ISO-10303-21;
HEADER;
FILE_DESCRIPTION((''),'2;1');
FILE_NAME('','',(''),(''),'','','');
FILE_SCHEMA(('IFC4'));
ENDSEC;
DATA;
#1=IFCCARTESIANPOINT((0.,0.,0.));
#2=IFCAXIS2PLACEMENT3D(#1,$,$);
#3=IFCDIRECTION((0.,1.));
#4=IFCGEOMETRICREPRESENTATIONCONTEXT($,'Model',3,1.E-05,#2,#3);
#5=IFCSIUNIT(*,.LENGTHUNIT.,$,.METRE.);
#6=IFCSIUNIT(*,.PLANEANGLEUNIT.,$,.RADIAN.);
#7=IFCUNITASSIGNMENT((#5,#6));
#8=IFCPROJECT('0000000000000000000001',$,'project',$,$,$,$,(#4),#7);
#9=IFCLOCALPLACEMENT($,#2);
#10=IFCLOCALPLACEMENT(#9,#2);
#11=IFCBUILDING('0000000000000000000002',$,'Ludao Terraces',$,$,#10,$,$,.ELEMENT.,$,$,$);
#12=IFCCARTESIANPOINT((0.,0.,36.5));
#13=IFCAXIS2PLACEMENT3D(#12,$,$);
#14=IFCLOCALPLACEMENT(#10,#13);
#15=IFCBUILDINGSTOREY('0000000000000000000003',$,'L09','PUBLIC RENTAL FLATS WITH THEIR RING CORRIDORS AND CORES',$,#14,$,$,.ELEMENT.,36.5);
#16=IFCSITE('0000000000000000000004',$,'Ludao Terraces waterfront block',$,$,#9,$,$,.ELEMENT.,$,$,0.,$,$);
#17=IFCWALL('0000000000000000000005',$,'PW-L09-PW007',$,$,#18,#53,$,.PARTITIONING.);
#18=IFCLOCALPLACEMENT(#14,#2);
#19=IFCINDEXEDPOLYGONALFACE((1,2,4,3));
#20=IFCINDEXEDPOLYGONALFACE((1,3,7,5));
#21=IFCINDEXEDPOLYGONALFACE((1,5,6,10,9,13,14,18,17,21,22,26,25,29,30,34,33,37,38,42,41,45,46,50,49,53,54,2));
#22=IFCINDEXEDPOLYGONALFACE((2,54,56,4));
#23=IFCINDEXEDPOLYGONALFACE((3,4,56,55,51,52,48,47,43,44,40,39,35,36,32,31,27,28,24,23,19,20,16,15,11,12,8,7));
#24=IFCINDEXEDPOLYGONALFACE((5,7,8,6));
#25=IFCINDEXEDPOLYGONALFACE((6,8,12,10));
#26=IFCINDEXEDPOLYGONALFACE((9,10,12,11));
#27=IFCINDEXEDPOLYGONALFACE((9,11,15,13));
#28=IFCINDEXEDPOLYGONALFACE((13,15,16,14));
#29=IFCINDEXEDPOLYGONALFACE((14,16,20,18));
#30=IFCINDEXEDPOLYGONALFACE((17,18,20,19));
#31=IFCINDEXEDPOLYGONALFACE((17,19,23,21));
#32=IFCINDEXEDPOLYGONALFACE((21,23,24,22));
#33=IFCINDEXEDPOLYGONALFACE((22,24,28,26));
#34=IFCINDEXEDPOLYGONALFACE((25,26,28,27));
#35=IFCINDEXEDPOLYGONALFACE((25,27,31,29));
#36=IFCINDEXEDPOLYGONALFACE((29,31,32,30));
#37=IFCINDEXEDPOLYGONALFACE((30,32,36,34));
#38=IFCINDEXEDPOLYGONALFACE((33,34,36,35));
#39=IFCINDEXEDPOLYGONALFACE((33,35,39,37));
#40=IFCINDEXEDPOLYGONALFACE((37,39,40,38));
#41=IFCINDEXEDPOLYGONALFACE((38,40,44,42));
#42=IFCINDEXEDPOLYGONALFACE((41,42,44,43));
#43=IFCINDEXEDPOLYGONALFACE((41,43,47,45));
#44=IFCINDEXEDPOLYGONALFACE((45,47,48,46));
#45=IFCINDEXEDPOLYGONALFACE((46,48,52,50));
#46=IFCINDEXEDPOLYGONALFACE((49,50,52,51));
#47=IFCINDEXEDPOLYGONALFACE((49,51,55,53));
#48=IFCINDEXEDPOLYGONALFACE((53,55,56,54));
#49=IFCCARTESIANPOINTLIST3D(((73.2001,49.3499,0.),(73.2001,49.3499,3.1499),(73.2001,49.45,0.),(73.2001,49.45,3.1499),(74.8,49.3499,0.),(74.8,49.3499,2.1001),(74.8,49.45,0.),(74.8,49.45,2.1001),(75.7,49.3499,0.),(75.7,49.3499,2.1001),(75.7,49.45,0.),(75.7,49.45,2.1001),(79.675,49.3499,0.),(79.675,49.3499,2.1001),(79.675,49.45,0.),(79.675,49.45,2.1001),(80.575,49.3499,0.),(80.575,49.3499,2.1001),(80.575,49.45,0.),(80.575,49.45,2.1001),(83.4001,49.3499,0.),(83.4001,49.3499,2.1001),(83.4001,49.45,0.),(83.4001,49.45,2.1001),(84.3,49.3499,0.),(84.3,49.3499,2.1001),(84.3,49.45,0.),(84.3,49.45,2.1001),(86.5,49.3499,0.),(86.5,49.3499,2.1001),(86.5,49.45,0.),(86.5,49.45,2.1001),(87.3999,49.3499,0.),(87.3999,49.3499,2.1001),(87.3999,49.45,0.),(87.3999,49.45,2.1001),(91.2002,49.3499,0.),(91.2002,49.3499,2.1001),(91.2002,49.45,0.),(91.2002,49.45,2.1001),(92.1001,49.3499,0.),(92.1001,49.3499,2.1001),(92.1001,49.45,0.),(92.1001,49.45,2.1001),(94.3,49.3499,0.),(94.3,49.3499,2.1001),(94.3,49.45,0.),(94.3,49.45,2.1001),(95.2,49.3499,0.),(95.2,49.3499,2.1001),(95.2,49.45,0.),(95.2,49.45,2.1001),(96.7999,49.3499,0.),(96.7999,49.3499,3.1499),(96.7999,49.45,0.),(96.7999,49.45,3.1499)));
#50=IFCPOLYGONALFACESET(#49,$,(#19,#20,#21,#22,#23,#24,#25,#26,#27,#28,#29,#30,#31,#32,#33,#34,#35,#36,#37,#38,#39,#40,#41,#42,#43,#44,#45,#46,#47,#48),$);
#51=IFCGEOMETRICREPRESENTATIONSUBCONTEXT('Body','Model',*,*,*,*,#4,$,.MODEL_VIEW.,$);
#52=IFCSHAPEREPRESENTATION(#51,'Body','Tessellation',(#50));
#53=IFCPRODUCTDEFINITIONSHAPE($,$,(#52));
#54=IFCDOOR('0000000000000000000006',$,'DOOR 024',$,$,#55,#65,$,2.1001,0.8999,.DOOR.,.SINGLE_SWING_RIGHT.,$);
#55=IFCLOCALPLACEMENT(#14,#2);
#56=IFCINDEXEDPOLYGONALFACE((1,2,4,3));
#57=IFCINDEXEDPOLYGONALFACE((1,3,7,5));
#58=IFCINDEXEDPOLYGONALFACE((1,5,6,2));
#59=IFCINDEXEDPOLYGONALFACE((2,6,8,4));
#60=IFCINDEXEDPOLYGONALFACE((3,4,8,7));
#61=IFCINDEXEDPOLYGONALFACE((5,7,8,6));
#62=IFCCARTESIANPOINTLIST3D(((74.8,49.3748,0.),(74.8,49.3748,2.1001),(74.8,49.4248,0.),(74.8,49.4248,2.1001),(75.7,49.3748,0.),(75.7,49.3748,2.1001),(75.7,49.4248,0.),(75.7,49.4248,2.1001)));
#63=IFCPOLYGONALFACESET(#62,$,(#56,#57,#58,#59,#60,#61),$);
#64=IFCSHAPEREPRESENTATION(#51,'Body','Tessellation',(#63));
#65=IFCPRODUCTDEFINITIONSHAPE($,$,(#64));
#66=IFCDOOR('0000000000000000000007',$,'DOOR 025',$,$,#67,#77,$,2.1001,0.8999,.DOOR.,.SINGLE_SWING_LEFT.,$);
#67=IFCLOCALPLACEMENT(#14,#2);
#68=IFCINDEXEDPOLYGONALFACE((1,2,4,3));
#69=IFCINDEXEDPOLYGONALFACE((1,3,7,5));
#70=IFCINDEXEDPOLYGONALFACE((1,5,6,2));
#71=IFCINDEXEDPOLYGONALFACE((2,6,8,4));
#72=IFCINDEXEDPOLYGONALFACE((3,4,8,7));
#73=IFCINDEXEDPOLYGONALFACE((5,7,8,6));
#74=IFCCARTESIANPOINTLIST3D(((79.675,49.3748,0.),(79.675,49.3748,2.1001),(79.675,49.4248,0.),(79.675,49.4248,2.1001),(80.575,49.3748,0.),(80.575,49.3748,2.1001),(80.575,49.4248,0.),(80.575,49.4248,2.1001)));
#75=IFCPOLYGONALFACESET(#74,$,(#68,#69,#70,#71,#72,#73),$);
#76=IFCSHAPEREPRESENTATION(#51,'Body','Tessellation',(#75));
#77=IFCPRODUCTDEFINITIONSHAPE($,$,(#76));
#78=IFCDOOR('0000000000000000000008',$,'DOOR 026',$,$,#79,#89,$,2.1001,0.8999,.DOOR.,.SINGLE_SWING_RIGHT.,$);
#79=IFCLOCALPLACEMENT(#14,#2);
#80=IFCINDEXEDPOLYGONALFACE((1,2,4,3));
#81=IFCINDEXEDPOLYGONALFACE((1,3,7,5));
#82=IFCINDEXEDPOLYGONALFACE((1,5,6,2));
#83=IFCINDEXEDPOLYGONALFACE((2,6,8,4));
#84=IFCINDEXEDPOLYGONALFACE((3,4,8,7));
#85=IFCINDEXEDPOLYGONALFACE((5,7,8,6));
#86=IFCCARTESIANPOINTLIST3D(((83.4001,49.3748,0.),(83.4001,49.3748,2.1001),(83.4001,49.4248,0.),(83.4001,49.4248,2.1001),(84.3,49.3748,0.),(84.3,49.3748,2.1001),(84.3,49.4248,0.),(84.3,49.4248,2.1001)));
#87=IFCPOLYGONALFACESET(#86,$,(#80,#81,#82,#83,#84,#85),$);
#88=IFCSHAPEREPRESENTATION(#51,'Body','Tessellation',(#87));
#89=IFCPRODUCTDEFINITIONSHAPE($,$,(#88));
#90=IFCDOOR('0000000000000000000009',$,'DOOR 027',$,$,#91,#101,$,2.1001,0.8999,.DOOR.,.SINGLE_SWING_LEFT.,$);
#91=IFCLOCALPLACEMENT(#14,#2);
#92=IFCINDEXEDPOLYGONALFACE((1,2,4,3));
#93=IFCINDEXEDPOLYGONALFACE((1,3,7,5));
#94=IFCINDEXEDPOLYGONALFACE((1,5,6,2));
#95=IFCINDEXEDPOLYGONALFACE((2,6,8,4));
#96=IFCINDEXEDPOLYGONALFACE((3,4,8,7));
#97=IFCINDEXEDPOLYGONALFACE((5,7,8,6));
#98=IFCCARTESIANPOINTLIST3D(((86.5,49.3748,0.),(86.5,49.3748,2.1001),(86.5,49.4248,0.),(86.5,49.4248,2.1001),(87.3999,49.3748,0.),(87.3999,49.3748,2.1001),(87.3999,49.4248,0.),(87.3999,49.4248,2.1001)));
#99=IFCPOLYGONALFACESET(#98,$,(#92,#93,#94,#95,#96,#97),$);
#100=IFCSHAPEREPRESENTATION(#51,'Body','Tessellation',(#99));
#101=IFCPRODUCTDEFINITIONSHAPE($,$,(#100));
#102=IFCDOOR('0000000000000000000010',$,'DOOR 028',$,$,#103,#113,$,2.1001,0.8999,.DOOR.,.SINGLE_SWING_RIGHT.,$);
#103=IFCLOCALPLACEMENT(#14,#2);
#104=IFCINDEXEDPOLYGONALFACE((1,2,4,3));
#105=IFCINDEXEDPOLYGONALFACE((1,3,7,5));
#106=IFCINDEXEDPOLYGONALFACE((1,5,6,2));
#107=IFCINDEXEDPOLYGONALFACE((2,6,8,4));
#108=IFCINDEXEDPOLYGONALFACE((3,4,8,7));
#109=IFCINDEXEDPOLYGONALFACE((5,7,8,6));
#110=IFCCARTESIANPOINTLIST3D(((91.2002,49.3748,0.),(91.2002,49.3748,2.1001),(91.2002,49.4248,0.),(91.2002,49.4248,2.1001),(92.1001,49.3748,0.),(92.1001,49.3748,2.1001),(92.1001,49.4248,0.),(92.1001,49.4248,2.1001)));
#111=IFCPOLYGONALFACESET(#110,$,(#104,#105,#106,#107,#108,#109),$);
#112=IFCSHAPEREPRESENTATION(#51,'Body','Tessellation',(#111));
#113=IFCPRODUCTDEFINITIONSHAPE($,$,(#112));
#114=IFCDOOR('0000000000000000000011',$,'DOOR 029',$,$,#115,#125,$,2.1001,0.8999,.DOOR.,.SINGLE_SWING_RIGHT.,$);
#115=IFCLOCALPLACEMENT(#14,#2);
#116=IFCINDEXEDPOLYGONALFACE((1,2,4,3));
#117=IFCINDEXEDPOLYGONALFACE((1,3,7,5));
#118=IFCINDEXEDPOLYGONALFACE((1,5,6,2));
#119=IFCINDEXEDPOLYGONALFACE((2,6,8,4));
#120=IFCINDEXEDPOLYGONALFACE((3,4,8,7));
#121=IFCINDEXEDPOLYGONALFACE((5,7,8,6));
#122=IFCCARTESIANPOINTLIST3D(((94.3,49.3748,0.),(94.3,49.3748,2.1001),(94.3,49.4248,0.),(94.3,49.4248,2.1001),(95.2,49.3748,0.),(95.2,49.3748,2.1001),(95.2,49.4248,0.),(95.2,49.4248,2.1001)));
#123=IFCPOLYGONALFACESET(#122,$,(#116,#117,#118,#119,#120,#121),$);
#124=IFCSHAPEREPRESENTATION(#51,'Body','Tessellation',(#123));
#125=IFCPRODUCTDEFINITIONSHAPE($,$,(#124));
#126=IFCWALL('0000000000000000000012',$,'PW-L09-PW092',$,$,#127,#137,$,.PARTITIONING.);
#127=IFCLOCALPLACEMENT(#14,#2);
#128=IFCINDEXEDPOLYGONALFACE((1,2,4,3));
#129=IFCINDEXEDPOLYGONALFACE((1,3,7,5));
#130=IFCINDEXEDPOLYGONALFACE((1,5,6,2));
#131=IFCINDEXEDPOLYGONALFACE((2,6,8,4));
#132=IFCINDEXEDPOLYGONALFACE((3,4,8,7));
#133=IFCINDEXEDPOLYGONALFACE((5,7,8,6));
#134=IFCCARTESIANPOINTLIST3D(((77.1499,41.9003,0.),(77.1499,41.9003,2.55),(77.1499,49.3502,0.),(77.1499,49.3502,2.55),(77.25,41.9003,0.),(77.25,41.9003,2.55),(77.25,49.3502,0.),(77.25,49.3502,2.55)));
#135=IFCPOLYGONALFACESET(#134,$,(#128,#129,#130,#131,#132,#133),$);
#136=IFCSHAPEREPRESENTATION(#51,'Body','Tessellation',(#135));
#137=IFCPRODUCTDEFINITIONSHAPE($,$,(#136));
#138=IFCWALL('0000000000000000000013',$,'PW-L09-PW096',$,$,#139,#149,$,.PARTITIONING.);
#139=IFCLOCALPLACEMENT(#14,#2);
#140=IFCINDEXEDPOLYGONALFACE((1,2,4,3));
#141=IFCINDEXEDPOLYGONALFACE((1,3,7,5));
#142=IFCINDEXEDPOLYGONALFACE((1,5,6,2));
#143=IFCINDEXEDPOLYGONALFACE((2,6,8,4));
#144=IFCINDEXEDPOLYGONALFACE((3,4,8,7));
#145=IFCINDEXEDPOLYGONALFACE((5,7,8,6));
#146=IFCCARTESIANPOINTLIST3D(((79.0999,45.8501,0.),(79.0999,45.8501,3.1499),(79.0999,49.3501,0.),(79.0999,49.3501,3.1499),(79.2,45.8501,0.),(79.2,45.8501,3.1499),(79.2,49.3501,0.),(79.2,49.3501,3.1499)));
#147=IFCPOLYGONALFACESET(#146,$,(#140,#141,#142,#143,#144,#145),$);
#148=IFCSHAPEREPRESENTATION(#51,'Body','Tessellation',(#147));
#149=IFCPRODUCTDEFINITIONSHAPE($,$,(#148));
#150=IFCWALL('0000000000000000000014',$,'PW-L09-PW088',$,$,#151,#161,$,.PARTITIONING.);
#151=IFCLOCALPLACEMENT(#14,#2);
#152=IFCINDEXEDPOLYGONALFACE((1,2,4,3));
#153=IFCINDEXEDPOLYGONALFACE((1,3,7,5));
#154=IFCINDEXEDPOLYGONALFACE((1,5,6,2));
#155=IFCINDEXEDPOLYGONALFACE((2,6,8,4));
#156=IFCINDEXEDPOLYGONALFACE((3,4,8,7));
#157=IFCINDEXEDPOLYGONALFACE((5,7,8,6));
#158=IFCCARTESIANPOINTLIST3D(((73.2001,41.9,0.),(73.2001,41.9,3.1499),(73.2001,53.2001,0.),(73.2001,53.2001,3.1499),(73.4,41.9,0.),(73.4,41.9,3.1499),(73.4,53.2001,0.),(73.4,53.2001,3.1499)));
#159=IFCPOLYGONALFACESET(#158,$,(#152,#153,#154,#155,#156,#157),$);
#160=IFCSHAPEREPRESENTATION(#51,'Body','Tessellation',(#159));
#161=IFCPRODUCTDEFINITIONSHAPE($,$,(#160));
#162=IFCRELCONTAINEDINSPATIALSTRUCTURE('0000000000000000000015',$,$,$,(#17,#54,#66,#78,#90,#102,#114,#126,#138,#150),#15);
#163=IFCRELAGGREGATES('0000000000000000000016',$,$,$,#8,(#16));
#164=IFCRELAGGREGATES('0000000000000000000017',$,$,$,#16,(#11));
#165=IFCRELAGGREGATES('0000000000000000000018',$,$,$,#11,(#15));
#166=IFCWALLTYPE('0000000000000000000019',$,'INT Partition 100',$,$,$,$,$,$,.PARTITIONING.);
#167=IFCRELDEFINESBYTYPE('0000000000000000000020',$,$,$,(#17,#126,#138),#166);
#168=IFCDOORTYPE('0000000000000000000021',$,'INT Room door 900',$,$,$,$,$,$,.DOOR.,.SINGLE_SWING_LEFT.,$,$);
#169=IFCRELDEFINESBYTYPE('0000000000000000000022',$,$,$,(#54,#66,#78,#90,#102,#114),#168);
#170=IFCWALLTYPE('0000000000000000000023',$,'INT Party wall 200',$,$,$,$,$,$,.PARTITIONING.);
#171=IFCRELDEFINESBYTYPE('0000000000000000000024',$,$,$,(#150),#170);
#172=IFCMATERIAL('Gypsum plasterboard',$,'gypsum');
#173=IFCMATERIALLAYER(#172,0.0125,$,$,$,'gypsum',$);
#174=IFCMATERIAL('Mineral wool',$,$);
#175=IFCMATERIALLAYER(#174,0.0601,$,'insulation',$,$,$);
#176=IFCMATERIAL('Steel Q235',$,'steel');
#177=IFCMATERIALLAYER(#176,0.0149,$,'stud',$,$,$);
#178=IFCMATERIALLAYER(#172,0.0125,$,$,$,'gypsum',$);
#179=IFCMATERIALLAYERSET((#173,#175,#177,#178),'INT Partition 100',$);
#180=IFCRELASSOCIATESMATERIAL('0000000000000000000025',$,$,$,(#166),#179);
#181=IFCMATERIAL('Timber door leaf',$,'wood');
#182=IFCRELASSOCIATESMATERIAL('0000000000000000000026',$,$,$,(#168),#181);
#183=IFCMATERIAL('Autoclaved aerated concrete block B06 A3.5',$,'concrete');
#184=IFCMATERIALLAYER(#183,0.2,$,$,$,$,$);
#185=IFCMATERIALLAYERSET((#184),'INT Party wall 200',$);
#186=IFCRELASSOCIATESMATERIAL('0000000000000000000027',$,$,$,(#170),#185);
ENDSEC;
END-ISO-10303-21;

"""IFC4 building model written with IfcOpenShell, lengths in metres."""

from ifc_helpers import new_model, si_unit, direction, frame, frame_2d, origin, place, context, subcontext, project, spatial, rectangle, extrude, material, layer, layer_set, type_object, element, fill, save


model = new_model("IFC4")

# Units and contexts
model_context = context("Model", 3, precision=1e-05, world=origin(), true_north=direction((0.0, 1.0)))
body_context = subcontext(model_context, "Body", "Model", "MODEL_VIEW")
ifc_project = project(units=[si_unit("LENGTHUNIT", "METRE"), si_unit("PLANEANGLEUNIT", "RADIAN")], contexts=[model_context])

# Site, building, storey
site_placement = place(None, origin())
site = spatial("IfcSite", under=ifc_project, at=site_placement, Name="Ludao Terraces waterfront block", CompositionType="ELEMENT", RefElevation=0.0)
building_placement = place(site_placement, origin())
building = spatial("IfcBuilding", under=site, at=building_placement, Name="Ludao Terraces", CompositionType="ELEMENT")
storey_placement = place(building_placement, frame((0.0, 0.0, 36.5)))
storey = spatial("IfcBuildingStorey", under=building, at=storey_placement, Name="L09", Description="PUBLIC RENTAL FLATS WITH THEIR RING CORRIDORS AND CORES", CompositionType="ELEMENT", Elevation=36.5)

# Wall, openings, doors
ifc_material_1 = material(Name="Gypsum plasterboard", Category="gypsum")
ifc_layer_1 = layer(ifc_material_1, 0.0125, Category="gypsum")
ifc_material_2 = material(Name="Mineral wool")
ifc_layer_2 = layer(ifc_material_2, 0.0601, Name="insulation")
ifc_material_3 = material(Name="Steel Q235", Category="steel")
ifc_layer_3 = layer(ifc_material_3, 0.0149, Name="stud")
ifc_layer_4 = layer(ifc_material_1, 0.0125, Category="gypsum")
ifc_layer_set_1 = layer_set([ifc_layer_1, ifc_layer_2, ifc_layer_3, ifc_layer_4], Name="INT Partition 100")
wall_type_1 = type_object("IfcWallType", Name="INT Partition 100", PredefinedType="PARTITIONING", material=ifc_layer_set_1)
ifc_material_4 = material(Name="Timber door leaf", Category="wood")
door_type_1 = type_object("IfcDoorType", Name="INT Room door 900", OperationType="SINGLE_SWING_LEFT", PredefinedType="DOOR", material=ifc_material_4)
wall_1_placement = place(storey_placement, frame((73.2002, 49.3999, 0.0), z_axis=(0.0, 0.0, 1.0), x_axis=(1.0, 0.0, 0.0)))
wall_1 = element("IfcWall", 1, at=wall_1_placement, inside=storey, type_object=wall_type_1, Name="PW-L09-PW007", PredefinedType="PARTITIONING", context=body_context, shape_type="SweptSolid", body=[
    extrude(rectangle(XDim=23.5999, YDim=0.1001, at=frame_2d((11.7998, 0.0))), origin(), (0.0, 0.0, 1.0), 3.1499),
])
opening_1_placement = place(wall_1_placement, frame((1.5999, 0.0, 0.0)))
opening_1 = element("IfcOpeningElement", 2, at=opening_1_placement, cuts=wall_1, PredefinedType="OPENING", context=body_context, shape_type="SweptSolid", body=[
    extrude(rectangle(XDim=0.8999, YDim=2.1001, at=frame_2d((0.45, 1.05))), frame((0.0, 0.0601, 0.0), z_axis=(0.0, -1.0, 0.0), x_axis=(1.0, 0.0, 0.0)), (0.0, 0.0, 1.0), 0.1201),
])
opening_2_placement = place(wall_1_placement, frame((6.4749, 0.0, 0.0)))
opening_2 = element("IfcOpeningElement", 3, at=opening_2_placement, cuts=wall_1, PredefinedType="OPENING", context=body_context, shape_type="SweptSolid", body=[
    extrude(rectangle(XDim=0.8999, YDim=2.1001, at=frame_2d((0.45, 1.05))), frame((0.0, 0.0601, 0.0), z_axis=(0.0, -1.0, 0.0), x_axis=(1.0, 0.0, 0.0)), (0.0, 0.0, 1.0), 0.1201),
])
opening_3_placement = place(wall_1_placement, frame((10.2, 0.0, 0.0)))
opening_3 = element("IfcOpeningElement", 4, at=opening_3_placement, cuts=wall_1, PredefinedType="OPENING", context=body_context, shape_type="SweptSolid", body=[
    extrude(rectangle(XDim=0.8999, YDim=2.1001, at=frame_2d((0.45, 1.05))), frame((0.0, 0.0601, 0.0), z_axis=(0.0, -1.0, 0.0), x_axis=(1.0, 0.0, 0.0)), (0.0, 0.0, 1.0), 0.1201),
])
opening_4_placement = place(wall_1_placement, frame((13.2998, 0.0, 0.0)))
opening_4 = element("IfcOpeningElement", 5, at=opening_4_placement, cuts=wall_1, PredefinedType="OPENING", context=body_context, shape_type="SweptSolid", body=[
    extrude(rectangle(XDim=0.8999, YDim=2.1001, at=frame_2d((0.45, 1.05))), frame((0.0, 0.0601, 0.0), z_axis=(0.0, -1.0, 0.0), x_axis=(1.0, 0.0, 0.0)), (0.0, 0.0, 1.0), 0.1201),
])
opening_5_placement = place(wall_1_placement, frame((18.0, 0.0, 0.0)))
opening_5 = element("IfcOpeningElement", 6, at=opening_5_placement, cuts=wall_1, PredefinedType="OPENING", context=body_context, shape_type="SweptSolid", body=[
    extrude(rectangle(XDim=0.8999, YDim=2.1001, at=frame_2d((0.45, 1.05))), frame((0.0, 0.0601, 0.0), z_axis=(0.0, -1.0, 0.0), x_axis=(1.0, 0.0, 0.0)), (0.0, 0.0, 1.0), 0.1201),
])
opening_6_placement = place(wall_1_placement, frame((21.0999, 0.0, 0.0)))
opening_6 = element("IfcOpeningElement", 7, at=opening_6_placement, cuts=wall_1, PredefinedType="OPENING", context=body_context, shape_type="SweptSolid", body=[
    extrude(rectangle(XDim=0.8999, YDim=2.1001, at=frame_2d((0.45, 1.05))), frame((0.0, 0.0601, 0.0), z_axis=(0.0, -1.0, 0.0), x_axis=(1.0, 0.0, 0.0)), (0.0, 0.0, 1.0), 0.1201),
])
door_1_placement = place(opening_1_placement, origin())
door_1 = element("IfcDoor", 8, at=door_1_placement, inside=storey, type_object=door_type_1, Name="DOOR 024", OperationType="SINGLE_SWING_RIGHT", OverallHeight=2.1001, OverallWidth=0.8999, PredefinedType="DOOR", context=body_context, shape_type="SweptSolid", body=[
    extrude(rectangle(XDim=0.8999, YDim=2.1001, at=frame_2d((0.45, 1.05))), frame((0.0, 0.0249, 0.0), z_axis=(0.0, -1.0, 0.0), x_axis=(1.0, 0.0, 0.0)), (0.0, 0.0, 1.0), 0.05),
])
fill(opening_1, door_1)
door_2_placement = place(opening_2_placement, origin())
door_2 = element("IfcDoor", 9, at=door_2_placement, inside=storey, type_object=door_type_1, Name="DOOR 025", OperationType="SINGLE_SWING_LEFT", OverallHeight=2.1001, OverallWidth=0.8999, PredefinedType="DOOR", context=body_context, shape_type="SweptSolid", body=[
    extrude(rectangle(XDim=0.8999, YDim=2.1001, at=frame_2d((0.45, 1.05))), frame((0.0, 0.0249, 0.0), z_axis=(0.0, -1.0, 0.0), x_axis=(1.0, 0.0, 0.0)), (0.0, 0.0, 1.0), 0.05),
])
fill(opening_2, door_2)
door_3_placement = place(opening_3_placement, origin())
door_3 = element("IfcDoor", 10, at=door_3_placement, inside=storey, type_object=door_type_1, Name="DOOR 026", OperationType="SINGLE_SWING_RIGHT", OverallHeight=2.1001, OverallWidth=0.8999, PredefinedType="DOOR", context=body_context, shape_type="SweptSolid", body=[
    extrude(rectangle(XDim=0.8999, YDim=2.1001, at=frame_2d((0.45, 1.05))), frame((0.0, 0.0249, 0.0), z_axis=(0.0, -1.0, 0.0), x_axis=(1.0, 0.0, 0.0)), (0.0, 0.0, 1.0), 0.05),
])
fill(opening_3, door_3)
door_4_placement = place(opening_4_placement, origin())
door_4 = element("IfcDoor", 11, at=door_4_placement, inside=storey, type_object=door_type_1, Name="DOOR 027", OperationType="SINGLE_SWING_LEFT", OverallHeight=2.1001, OverallWidth=0.8999, PredefinedType="DOOR", context=body_context, shape_type="SweptSolid", body=[
    extrude(rectangle(XDim=0.8999, YDim=2.1001, at=frame_2d((0.45, 1.05))), frame((0.0, 0.0249, 0.0), z_axis=(0.0, -1.0, 0.0), x_axis=(1.0, 0.0, 0.0)), (0.0, 0.0, 1.0), 0.05),
])
fill(opening_4, door_4)
door_5_placement = place(opening_5_placement, origin())
door_5 = element("IfcDoor", 12, at=door_5_placement, inside=storey, type_object=door_type_1, Name="DOOR 028", OperationType="SINGLE_SWING_RIGHT", OverallHeight=2.1001, OverallWidth=0.8999, PredefinedType="DOOR", context=body_context, shape_type="SweptSolid", body=[
    extrude(rectangle(XDim=0.8999, YDim=2.1001, at=frame_2d((0.45, 1.05))), frame((0.0, 0.0249, 0.0), z_axis=(0.0, -1.0, 0.0), x_axis=(1.0, 0.0, 0.0)), (0.0, 0.0, 1.0), 0.05),
])
fill(opening_5, door_5)
door_6_placement = place(opening_6_placement, origin())
door_6 = element("IfcDoor", 13, at=door_6_placement, inside=storey, type_object=door_type_1, Name="DOOR 029", OperationType="SINGLE_SWING_RIGHT", OverallHeight=2.1001, OverallWidth=0.8999, PredefinedType="DOOR", context=body_context, shape_type="SweptSolid", body=[
    extrude(rectangle(XDim=0.8999, YDim=2.1001, at=frame_2d((0.45, 1.05))), frame((0.0, 0.0249, 0.0), z_axis=(0.0, -1.0, 0.0), x_axis=(1.0, 0.0, 0.0)), (0.0, 0.0, 1.0), 0.05),
])
fill(opening_6, door_6)

# Walls
wall_2_placement = place(storey_placement, frame((77.2, 41.9001, 0.0), z_axis=(0.0, 0.0, 1.0), x_axis=(0.0, 1.0, 0.0)))
element("IfcWall", 14, at=wall_2_placement, inside=storey, type_object=wall_type_1, Name="PW-L09-PW092", PredefinedType="PARTITIONING", context=body_context, shape_type="SweptSolid", body=[
    extrude(rectangle(XDim=7.45, YDim=0.1001, at=frame_2d((3.7251, 0.0))), origin(), (0.0, 0.0, 1.0), 2.55),
])
wall_3_placement = place(storey_placement, frame((79.1499, 45.8501, 0.0), z_axis=(0.0, 0.0, 1.0), x_axis=(0.0, 1.0, 0.0)))
element("IfcWall", 15, at=wall_3_placement, inside=storey, type_object=wall_type_1, Name="PW-L09-PW096", PredefinedType="PARTITIONING", context=body_context, shape_type="SweptSolid", body=[
    extrude(rectangle(XDim=3.5, YDim=0.1001, at=frame_2d((1.75, 0.0))), origin(), (0.0, 0.0, 1.0), 3.1499),
])
ifc_material_5 = material(Name="Autoclaved aerated concrete block B06 A3.5", Category="concrete")
ifc_layer_5 = layer(ifc_material_5, 0.2)
ifc_layer_set_2 = layer_set([ifc_layer_5], Name="INT Party wall 200")
wall_type_2 = type_object("IfcWallType", Name="INT Party wall 200", PredefinedType="PARTITIONING", material=ifc_layer_set_2)
for number, where, z_axis, x_axis, name in (
    (16, (73.3, 41.9001, 0.0), (0.0, 0.0, 1.0), (0.0, 1.0, 0.0), "PW-L09-PW088"),
):
    element("IfcWall", number, at=place(storey_placement, frame(where, z_axis=z_axis, x_axis=x_axis)), inside=storey, type_object=wall_type_2, Name=name, PredefinedType="PARTITIONING", context=body_context, shape_type="SweptSolid", body=[
        extrude(rectangle(XDim=11.3, YDim=0.2, at=frame_2d((5.6499, 0.0))), origin(), (0.0, 0.0, 1.0), 3.1499),
    ])

save(model, "model.ifc")
